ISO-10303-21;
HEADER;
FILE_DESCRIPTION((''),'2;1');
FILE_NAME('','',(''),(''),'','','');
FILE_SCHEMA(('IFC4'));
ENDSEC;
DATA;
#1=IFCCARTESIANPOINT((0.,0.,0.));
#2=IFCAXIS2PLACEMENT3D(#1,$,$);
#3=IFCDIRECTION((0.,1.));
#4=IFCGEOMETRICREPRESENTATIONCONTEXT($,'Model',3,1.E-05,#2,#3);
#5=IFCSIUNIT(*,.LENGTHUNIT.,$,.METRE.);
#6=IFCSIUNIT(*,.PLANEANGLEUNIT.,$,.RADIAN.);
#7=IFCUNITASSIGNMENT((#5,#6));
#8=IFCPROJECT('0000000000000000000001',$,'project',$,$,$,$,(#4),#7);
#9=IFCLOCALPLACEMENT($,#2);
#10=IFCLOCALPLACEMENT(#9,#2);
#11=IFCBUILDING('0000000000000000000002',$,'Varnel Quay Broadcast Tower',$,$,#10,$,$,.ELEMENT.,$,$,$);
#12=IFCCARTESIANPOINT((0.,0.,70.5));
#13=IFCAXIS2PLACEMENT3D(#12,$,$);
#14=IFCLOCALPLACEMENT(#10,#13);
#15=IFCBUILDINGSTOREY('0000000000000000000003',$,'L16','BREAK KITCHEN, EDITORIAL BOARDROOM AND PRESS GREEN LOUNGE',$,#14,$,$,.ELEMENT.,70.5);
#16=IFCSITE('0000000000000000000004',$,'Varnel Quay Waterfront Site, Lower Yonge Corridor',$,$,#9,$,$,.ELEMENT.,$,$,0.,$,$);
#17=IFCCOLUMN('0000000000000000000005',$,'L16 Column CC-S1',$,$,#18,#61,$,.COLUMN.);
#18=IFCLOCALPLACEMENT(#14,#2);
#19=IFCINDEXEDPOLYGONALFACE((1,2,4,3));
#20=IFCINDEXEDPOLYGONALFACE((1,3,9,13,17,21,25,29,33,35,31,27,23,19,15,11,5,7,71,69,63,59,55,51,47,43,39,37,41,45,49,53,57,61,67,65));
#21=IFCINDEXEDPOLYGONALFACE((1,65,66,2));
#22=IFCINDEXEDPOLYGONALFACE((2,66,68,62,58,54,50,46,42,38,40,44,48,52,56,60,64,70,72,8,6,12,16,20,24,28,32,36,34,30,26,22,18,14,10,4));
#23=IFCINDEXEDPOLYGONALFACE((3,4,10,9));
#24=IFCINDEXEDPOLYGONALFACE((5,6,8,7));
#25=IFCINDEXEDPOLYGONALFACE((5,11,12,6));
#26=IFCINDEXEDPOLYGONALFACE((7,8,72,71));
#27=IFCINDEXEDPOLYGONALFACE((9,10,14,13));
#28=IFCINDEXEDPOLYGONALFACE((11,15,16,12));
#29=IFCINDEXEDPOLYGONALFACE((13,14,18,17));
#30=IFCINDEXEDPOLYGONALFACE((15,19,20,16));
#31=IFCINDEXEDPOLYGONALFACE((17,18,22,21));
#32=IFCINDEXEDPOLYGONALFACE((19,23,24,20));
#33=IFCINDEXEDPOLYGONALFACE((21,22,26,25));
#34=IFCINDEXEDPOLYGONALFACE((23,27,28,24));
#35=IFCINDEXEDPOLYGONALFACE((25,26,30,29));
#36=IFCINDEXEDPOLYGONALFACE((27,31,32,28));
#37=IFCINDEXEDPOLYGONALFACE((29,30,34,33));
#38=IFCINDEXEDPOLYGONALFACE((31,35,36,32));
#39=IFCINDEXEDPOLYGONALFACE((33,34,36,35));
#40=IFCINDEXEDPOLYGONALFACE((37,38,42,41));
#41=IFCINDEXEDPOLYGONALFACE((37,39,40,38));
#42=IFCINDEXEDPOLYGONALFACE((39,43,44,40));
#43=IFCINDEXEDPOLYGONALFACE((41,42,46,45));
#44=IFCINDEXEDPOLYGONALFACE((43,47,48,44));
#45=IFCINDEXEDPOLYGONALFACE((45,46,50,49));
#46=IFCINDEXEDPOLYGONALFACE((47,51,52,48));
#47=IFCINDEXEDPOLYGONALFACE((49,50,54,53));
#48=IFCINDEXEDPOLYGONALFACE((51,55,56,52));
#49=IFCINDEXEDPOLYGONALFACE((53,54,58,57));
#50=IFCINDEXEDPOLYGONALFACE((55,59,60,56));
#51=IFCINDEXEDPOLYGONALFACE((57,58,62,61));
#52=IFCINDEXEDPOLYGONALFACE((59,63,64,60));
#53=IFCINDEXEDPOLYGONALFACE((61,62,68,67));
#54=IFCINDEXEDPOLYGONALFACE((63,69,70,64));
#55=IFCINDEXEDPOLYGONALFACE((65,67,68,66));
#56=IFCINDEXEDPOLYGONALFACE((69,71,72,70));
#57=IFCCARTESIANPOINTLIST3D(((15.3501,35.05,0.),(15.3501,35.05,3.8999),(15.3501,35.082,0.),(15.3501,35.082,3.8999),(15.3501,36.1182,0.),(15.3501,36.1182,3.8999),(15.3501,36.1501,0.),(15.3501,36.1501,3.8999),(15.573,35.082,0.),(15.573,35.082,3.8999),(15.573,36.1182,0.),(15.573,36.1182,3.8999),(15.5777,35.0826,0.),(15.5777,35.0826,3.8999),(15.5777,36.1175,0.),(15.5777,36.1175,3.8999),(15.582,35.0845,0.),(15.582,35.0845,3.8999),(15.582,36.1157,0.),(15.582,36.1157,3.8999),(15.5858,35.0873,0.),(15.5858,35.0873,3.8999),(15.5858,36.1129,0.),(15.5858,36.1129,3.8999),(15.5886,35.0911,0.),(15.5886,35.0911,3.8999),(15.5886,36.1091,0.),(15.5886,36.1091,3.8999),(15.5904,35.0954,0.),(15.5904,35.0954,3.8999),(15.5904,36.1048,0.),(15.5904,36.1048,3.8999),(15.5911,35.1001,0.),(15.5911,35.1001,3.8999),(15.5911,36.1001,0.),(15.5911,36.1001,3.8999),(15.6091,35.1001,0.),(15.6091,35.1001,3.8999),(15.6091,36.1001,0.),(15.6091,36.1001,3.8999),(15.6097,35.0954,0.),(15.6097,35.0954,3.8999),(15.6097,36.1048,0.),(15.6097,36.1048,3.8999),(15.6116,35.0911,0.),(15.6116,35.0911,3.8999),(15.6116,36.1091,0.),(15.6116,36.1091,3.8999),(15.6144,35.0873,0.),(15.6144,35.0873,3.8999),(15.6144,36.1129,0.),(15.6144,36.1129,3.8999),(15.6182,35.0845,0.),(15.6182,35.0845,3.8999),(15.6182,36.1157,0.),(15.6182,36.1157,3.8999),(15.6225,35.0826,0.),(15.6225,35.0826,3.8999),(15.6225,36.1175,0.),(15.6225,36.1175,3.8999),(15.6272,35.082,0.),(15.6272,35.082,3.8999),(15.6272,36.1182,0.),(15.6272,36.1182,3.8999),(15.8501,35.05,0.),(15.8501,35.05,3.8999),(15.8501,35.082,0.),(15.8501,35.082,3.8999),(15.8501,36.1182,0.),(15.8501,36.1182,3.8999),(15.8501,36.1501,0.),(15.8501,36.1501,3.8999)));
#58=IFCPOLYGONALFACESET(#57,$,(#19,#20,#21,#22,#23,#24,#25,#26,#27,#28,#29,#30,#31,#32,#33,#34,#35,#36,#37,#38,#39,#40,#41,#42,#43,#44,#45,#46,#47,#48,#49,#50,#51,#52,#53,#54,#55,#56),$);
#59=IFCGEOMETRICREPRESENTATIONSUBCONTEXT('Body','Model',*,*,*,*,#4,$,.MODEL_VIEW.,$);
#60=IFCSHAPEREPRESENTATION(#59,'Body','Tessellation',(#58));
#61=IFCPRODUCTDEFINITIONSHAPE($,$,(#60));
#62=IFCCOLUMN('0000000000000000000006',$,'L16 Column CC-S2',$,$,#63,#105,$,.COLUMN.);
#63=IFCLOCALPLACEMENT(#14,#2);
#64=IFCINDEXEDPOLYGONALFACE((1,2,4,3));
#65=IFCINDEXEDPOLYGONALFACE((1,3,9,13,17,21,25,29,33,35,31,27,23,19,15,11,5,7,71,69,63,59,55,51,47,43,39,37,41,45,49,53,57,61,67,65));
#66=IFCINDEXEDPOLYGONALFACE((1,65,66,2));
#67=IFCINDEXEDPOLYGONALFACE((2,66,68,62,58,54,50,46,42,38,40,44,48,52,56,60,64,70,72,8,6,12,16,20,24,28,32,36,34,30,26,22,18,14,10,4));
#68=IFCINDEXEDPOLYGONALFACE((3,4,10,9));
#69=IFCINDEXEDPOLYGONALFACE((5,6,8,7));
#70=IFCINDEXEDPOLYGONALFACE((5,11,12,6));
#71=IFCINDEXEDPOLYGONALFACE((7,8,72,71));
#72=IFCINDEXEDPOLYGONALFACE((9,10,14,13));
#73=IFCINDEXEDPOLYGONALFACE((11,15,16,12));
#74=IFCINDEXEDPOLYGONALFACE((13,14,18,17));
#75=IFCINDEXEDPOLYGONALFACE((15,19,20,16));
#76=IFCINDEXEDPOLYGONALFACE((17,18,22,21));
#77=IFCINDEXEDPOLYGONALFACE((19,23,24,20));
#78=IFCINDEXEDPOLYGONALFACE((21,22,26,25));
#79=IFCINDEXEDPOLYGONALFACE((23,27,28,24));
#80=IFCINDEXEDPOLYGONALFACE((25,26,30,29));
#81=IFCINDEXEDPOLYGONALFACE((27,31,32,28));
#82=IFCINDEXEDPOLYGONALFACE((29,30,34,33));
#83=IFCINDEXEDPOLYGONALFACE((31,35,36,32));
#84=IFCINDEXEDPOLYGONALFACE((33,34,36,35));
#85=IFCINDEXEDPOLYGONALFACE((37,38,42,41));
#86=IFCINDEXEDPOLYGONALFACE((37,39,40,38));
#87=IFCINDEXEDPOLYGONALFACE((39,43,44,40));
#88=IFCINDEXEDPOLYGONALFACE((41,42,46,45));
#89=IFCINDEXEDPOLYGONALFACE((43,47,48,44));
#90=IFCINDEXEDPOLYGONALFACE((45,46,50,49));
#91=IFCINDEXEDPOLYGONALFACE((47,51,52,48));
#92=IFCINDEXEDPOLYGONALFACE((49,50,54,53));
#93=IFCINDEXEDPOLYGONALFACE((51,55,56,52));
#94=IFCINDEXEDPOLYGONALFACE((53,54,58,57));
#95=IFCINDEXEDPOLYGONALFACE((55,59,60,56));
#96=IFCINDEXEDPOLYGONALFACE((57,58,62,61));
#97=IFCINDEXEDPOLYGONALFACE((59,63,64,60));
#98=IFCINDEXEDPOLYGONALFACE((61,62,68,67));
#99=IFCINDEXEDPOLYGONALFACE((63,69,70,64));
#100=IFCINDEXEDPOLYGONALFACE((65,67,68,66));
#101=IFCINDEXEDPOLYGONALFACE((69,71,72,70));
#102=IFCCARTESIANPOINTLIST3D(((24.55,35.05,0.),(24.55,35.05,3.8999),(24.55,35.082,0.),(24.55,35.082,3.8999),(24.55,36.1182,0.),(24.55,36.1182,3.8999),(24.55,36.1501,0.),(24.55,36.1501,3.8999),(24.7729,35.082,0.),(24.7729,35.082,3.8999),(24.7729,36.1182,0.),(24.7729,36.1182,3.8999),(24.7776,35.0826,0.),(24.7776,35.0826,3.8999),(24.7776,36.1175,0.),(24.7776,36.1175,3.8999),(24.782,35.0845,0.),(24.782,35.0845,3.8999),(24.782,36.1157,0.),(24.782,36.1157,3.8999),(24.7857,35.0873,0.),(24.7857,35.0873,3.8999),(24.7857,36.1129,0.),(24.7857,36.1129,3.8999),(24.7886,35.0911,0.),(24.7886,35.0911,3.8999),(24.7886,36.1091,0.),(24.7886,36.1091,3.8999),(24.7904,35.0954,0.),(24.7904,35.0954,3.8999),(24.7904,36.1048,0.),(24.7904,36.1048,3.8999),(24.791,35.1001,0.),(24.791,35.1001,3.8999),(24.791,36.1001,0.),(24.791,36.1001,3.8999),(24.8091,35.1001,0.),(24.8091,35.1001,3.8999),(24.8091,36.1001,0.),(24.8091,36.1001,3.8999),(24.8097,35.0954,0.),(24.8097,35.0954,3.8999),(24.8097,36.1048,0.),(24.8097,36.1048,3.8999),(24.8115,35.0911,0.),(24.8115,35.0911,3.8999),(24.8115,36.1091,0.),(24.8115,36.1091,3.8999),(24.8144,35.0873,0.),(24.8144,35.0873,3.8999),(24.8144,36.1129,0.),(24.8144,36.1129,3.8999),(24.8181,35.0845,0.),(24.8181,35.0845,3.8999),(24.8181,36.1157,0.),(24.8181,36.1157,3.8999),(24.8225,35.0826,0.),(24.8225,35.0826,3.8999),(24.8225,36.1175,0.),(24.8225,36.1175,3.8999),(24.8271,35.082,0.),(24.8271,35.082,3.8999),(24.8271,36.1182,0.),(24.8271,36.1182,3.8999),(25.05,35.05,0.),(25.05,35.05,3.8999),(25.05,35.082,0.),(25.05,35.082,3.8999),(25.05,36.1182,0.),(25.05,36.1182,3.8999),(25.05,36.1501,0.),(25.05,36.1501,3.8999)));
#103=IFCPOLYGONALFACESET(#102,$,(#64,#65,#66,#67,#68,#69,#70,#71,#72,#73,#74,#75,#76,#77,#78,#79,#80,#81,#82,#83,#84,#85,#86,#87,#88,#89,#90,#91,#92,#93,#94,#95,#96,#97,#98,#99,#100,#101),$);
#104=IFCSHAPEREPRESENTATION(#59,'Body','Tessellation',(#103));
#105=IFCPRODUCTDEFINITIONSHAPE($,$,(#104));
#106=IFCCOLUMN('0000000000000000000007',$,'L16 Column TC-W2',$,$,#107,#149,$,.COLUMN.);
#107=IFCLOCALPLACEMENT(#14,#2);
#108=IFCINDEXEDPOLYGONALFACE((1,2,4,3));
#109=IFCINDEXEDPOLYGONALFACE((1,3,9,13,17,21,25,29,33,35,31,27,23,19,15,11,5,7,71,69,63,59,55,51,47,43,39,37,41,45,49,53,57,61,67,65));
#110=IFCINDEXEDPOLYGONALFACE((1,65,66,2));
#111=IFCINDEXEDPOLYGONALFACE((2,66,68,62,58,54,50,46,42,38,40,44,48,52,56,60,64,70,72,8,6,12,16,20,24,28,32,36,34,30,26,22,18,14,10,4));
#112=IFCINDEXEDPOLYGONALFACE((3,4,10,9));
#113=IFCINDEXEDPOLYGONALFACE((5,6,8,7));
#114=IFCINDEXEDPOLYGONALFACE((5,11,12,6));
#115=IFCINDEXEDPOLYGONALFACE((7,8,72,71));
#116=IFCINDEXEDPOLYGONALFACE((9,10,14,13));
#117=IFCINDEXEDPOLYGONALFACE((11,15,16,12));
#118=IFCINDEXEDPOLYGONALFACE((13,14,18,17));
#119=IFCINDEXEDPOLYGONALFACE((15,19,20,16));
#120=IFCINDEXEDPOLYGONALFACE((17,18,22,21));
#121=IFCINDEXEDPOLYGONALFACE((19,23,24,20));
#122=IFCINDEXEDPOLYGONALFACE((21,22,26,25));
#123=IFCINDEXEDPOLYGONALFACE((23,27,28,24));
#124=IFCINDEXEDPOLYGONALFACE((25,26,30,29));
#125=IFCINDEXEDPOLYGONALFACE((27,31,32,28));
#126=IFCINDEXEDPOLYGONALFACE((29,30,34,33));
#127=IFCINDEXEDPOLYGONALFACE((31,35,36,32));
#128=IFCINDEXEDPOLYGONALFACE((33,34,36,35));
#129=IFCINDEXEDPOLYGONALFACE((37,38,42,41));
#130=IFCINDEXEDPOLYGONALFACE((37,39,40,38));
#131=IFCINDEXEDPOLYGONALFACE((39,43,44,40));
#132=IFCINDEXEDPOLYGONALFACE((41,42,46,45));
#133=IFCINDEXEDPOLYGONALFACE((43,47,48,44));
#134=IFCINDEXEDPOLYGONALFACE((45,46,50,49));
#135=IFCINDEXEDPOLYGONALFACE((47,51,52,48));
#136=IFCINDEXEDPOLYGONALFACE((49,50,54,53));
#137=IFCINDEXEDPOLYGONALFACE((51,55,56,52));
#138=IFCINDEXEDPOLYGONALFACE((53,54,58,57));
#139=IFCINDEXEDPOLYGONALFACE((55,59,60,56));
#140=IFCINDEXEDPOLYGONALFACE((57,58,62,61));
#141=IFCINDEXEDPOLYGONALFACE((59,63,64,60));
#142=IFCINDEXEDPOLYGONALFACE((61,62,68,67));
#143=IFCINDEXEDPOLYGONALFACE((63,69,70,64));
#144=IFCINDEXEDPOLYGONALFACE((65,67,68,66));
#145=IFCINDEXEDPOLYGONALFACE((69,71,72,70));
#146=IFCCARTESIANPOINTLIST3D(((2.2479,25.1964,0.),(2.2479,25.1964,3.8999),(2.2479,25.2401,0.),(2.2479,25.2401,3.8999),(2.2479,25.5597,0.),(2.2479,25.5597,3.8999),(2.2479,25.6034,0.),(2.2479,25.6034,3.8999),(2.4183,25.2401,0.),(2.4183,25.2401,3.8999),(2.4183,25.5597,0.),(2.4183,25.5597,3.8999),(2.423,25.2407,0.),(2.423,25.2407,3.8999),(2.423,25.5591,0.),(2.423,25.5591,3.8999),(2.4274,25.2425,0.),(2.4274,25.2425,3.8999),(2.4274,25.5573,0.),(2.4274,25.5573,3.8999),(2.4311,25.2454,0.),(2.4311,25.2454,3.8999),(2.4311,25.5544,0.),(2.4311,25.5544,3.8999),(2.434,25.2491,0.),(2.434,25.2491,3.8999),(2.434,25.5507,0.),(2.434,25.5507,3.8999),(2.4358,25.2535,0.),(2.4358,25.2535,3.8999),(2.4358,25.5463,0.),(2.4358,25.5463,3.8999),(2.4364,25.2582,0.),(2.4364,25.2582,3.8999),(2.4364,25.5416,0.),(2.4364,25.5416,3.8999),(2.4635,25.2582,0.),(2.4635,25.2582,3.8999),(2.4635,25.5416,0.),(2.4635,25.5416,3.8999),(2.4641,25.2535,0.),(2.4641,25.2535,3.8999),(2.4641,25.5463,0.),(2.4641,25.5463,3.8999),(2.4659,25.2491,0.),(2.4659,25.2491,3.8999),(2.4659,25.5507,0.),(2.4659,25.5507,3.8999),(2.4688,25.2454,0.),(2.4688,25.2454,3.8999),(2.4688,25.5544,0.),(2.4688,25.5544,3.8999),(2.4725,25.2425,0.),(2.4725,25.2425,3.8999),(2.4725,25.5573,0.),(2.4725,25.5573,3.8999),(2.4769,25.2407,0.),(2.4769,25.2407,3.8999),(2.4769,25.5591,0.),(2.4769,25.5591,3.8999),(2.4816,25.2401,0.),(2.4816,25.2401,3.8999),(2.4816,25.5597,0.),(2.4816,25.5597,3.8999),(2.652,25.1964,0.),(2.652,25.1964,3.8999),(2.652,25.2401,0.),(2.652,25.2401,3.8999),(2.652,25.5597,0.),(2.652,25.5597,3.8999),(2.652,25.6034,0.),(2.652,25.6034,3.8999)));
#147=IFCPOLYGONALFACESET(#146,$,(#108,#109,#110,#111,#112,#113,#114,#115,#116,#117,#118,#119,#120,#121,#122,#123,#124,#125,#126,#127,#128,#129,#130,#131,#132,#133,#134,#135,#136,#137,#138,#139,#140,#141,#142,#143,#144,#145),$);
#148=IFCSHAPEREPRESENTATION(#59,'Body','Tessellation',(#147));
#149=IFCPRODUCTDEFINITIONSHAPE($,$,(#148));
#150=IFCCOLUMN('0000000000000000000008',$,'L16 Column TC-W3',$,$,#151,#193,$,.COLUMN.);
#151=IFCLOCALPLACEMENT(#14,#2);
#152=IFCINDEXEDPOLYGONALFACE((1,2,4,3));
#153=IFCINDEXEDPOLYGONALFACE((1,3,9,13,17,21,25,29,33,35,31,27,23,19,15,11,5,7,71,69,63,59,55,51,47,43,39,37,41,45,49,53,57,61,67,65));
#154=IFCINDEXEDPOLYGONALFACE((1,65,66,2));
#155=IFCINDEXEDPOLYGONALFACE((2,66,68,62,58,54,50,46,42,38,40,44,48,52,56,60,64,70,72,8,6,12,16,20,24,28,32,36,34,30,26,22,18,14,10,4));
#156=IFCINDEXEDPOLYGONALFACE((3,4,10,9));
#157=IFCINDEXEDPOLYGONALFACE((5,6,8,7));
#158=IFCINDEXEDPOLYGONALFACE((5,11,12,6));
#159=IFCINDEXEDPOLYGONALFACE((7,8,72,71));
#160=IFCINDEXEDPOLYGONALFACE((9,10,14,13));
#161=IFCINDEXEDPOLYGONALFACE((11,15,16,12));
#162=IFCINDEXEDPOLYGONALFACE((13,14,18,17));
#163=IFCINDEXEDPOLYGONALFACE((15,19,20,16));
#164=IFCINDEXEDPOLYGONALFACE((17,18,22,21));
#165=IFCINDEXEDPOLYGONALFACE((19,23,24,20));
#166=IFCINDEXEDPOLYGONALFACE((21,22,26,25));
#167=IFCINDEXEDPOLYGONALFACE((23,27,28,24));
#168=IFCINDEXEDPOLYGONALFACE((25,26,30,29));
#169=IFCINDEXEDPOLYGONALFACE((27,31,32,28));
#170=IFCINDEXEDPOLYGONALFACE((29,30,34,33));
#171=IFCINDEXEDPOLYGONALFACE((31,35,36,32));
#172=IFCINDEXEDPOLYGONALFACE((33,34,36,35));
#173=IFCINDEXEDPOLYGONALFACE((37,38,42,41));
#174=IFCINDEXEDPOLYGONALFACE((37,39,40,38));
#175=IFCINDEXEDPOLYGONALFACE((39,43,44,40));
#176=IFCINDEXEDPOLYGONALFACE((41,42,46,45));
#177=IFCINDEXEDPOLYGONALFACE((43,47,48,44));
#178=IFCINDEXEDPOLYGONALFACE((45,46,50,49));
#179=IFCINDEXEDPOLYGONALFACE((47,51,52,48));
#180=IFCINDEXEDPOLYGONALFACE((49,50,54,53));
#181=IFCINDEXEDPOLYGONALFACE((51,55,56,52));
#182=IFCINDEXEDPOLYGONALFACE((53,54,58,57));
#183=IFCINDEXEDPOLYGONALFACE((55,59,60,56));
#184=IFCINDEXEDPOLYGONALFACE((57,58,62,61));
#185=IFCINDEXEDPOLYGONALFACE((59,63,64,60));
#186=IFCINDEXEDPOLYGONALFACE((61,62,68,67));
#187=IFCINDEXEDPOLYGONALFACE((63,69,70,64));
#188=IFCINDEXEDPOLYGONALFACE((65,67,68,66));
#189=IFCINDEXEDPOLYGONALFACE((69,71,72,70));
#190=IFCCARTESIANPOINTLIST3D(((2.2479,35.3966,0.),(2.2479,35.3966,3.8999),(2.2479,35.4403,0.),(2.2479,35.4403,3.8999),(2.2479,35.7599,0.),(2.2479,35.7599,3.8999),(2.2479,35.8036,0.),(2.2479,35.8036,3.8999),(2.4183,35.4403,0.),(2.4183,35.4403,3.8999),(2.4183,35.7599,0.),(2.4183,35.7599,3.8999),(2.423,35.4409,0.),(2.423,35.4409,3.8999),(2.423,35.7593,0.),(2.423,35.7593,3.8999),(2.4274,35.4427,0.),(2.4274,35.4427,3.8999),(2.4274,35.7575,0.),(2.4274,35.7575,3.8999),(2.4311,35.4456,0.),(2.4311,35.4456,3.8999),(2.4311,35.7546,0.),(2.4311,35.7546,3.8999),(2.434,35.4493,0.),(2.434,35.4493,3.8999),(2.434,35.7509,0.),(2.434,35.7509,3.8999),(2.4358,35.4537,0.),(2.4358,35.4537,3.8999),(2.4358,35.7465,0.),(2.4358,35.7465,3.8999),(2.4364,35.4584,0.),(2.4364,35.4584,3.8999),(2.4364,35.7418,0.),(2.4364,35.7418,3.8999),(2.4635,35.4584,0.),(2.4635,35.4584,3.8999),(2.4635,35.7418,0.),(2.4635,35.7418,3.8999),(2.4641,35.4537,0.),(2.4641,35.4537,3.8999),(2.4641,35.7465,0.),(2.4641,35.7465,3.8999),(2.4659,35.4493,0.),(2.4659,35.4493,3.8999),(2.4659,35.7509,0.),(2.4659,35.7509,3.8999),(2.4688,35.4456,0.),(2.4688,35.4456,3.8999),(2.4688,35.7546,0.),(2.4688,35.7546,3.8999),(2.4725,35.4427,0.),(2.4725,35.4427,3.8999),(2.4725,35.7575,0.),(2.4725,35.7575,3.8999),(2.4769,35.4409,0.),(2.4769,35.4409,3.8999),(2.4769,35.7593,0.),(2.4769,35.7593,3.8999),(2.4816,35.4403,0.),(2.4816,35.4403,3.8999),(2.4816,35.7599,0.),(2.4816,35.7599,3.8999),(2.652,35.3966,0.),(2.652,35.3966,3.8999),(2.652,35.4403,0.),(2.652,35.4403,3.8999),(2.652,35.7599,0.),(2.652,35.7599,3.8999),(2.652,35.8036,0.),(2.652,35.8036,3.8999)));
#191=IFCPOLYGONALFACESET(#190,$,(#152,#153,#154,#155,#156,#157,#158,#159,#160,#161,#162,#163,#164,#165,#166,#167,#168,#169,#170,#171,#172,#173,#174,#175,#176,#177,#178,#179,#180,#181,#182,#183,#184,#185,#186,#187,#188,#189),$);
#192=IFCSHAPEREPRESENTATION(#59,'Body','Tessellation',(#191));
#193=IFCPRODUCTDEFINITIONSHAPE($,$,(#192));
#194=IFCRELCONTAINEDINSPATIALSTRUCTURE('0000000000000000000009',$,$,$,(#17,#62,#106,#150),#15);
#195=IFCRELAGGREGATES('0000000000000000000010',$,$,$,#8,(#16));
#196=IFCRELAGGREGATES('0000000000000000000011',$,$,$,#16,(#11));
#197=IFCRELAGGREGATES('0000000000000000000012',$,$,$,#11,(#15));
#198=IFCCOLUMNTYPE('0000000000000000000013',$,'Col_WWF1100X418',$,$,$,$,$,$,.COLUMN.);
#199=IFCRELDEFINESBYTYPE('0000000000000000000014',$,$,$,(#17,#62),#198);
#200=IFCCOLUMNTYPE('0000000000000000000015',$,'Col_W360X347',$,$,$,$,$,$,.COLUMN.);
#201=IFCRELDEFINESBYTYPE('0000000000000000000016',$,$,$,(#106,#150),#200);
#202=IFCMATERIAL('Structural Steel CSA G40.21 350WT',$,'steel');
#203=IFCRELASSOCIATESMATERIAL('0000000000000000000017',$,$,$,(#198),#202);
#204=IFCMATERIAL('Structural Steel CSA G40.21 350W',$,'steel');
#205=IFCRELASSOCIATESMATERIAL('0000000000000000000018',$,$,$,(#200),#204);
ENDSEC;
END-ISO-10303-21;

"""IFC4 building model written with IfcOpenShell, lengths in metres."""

from ifc_helpers import new_model, si_unit, direction, frame, origin, origin_2d, place, context, subcontext, project, spatial, i_section, extrude, source, transform, mapped, material, material_profile, profile_set, type_object, type_shapes, element, save


model = new_model("IFC4")

# Units and contexts
model_context = context("Model", 3, precision=1e-05, world=origin(), true_north=direction((0.0, 1.0)))
body_context = subcontext(model_context, "Body", "Model", "MODEL_VIEW")
ifc_project = project(units=[si_unit("LENGTHUNIT", "METRE"), si_unit("PLANEANGLEUNIT", "RADIAN")], contexts=[model_context])

# Site, building, storey
site_placement = place(None, origin())
site = spatial("IfcSite", under=ifc_project, at=site_placement, Name="Varnel Quay Waterfront Site, Lower Yonge Corridor", CompositionType="ELEMENT", RefElevation=0.0)
building_placement = place(site_placement, origin())
building = spatial("IfcBuilding", under=site, at=building_placement, Name="Varnel Quay Broadcast Tower", CompositionType="ELEMENT")
storey_placement = place(building_placement, frame((0.0, 0.0, 70.5)))
storey = spatial("IfcBuildingStorey", under=building, at=storey_placement, Name="L16", Description="BREAK KITCHEN, EDITORIAL BOARDROOM AND PRESS GREEN LOUNGE", CompositionType="ELEMENT", Elevation=70.5)

# Columns
ifc_material_1 = material(Name="Structural Steel CSA G40.21 350WT", Category="steel")
ifc_material_profile_1 = material_profile(ifc_material_1, i_section(OverallWidth=0.5, OverallDepth=1.1001, WebThickness=0.0181, FlangeThickness=0.032, FilletRadius=0.0181, at=origin_2d()), Name="WWF1100X418")
ifc_profile_set_1 = profile_set([ifc_material_profile_1], Name="Structural Steel CSA G40.21 350WT")
column_type_1 = type_object("IfcColumnType", Name="Col_WWF1100X418", PredefinedType="COLUMN", material=ifc_profile_set_1)
shared_shape_1 = source(origin(), body_context, "Body", "SweptSolid", [
    extrude(i_section(OverallWidth=0.5, OverallDepth=1.1001, WebThickness=0.0181, FlangeThickness=0.032, FilletRadius=0.0181, at=origin_2d()), origin(), (0.0, 0.0, 1.0), 3.8999),
])
type_shapes(column_type_1, [shared_shape_1])
for number, where, z_axis, x_axis, name in (
    (1, (15.6001, 35.6001, 0.0), (0.0, 0.0, 1.0), (1.0, 0.0, 0.0), "L16 Column CC-S1"),
    (2, (24.8, 35.6001, 0.0), (0.0, 0.0, 1.0), (1.0, 0.0, 0.0), "L16 Column CC-S2"),
):
    element("IfcColumn", number, at=place(storey_placement, frame(where, z_axis=z_axis, x_axis=x_axis)), inside=storey, type_object=column_type_1, Name=name, PredefinedType="COLUMN", context=body_context, shape_type="MappedRepresentation", body=[
        mapped(shared_shape_1, transform((0.0, 0.0, 0.0), x_axis=(1.0, 0.0, 0.0), y_axis=(0.0, 1.0, 0.0), z_axis=(0.0, 0.0, 1.0), scale=1.0)),
    ])
ifc_material_2 = material(Name="Structural Steel CSA G40.21 350W", Category="steel")
ifc_material_profile_2 = material_profile(ifc_material_2, i_section(OverallWidth=0.4041, OverallDepth=0.407, WebThickness=0.0271, FlangeThickness=0.0437, FilletRadius=0.0181, at=origin_2d()), Name="W360X347")
ifc_profile_set_2 = profile_set([ifc_material_profile_2], Name="Structural Steel CSA G40.21 350W")
column_type_2 = type_object("IfcColumnType", Name="Col_W360X347", PredefinedType="COLUMN", material=ifc_profile_set_2)
shared_shape_2 = source(origin(), body_context, "Body", "SweptSolid", [
    extrude(i_section(OverallWidth=0.4041, OverallDepth=0.407, WebThickness=0.0271, FlangeThickness=0.0437, FilletRadius=0.0181, at=origin_2d()), origin(), (0.0, 0.0, 1.0), 3.8999),
])
type_shapes(column_type_2, [shared_shape_2])
for number, where, z_axis, x_axis, name in (
    (3, (2.45, 25.3999, 0.0), (0.0, 0.0, 1.0), (1.0, 0.0, 0.0), "L16 Column TC-W2"),
    (4, (2.45, 35.6001, 0.0), (0.0, 0.0, 1.0), (1.0, 0.0, 0.0), "L16 Column TC-W3"),
):
    element("IfcColumn", number, at=place(storey_placement, frame(where, z_axis=z_axis, x_axis=x_axis)), inside=storey, type_object=column_type_2, Name=name, PredefinedType="COLUMN", context=body_context, shape_type="MappedRepresentation", body=[
        mapped(shared_shape_2, transform((0.0, 0.0, 0.0), x_axis=(1.0, 0.0, 0.0), y_axis=(0.0, 1.0, 0.0), z_axis=(0.0, 0.0, 1.0), scale=1.0)),
    ])

save(model, "model.ifc")
